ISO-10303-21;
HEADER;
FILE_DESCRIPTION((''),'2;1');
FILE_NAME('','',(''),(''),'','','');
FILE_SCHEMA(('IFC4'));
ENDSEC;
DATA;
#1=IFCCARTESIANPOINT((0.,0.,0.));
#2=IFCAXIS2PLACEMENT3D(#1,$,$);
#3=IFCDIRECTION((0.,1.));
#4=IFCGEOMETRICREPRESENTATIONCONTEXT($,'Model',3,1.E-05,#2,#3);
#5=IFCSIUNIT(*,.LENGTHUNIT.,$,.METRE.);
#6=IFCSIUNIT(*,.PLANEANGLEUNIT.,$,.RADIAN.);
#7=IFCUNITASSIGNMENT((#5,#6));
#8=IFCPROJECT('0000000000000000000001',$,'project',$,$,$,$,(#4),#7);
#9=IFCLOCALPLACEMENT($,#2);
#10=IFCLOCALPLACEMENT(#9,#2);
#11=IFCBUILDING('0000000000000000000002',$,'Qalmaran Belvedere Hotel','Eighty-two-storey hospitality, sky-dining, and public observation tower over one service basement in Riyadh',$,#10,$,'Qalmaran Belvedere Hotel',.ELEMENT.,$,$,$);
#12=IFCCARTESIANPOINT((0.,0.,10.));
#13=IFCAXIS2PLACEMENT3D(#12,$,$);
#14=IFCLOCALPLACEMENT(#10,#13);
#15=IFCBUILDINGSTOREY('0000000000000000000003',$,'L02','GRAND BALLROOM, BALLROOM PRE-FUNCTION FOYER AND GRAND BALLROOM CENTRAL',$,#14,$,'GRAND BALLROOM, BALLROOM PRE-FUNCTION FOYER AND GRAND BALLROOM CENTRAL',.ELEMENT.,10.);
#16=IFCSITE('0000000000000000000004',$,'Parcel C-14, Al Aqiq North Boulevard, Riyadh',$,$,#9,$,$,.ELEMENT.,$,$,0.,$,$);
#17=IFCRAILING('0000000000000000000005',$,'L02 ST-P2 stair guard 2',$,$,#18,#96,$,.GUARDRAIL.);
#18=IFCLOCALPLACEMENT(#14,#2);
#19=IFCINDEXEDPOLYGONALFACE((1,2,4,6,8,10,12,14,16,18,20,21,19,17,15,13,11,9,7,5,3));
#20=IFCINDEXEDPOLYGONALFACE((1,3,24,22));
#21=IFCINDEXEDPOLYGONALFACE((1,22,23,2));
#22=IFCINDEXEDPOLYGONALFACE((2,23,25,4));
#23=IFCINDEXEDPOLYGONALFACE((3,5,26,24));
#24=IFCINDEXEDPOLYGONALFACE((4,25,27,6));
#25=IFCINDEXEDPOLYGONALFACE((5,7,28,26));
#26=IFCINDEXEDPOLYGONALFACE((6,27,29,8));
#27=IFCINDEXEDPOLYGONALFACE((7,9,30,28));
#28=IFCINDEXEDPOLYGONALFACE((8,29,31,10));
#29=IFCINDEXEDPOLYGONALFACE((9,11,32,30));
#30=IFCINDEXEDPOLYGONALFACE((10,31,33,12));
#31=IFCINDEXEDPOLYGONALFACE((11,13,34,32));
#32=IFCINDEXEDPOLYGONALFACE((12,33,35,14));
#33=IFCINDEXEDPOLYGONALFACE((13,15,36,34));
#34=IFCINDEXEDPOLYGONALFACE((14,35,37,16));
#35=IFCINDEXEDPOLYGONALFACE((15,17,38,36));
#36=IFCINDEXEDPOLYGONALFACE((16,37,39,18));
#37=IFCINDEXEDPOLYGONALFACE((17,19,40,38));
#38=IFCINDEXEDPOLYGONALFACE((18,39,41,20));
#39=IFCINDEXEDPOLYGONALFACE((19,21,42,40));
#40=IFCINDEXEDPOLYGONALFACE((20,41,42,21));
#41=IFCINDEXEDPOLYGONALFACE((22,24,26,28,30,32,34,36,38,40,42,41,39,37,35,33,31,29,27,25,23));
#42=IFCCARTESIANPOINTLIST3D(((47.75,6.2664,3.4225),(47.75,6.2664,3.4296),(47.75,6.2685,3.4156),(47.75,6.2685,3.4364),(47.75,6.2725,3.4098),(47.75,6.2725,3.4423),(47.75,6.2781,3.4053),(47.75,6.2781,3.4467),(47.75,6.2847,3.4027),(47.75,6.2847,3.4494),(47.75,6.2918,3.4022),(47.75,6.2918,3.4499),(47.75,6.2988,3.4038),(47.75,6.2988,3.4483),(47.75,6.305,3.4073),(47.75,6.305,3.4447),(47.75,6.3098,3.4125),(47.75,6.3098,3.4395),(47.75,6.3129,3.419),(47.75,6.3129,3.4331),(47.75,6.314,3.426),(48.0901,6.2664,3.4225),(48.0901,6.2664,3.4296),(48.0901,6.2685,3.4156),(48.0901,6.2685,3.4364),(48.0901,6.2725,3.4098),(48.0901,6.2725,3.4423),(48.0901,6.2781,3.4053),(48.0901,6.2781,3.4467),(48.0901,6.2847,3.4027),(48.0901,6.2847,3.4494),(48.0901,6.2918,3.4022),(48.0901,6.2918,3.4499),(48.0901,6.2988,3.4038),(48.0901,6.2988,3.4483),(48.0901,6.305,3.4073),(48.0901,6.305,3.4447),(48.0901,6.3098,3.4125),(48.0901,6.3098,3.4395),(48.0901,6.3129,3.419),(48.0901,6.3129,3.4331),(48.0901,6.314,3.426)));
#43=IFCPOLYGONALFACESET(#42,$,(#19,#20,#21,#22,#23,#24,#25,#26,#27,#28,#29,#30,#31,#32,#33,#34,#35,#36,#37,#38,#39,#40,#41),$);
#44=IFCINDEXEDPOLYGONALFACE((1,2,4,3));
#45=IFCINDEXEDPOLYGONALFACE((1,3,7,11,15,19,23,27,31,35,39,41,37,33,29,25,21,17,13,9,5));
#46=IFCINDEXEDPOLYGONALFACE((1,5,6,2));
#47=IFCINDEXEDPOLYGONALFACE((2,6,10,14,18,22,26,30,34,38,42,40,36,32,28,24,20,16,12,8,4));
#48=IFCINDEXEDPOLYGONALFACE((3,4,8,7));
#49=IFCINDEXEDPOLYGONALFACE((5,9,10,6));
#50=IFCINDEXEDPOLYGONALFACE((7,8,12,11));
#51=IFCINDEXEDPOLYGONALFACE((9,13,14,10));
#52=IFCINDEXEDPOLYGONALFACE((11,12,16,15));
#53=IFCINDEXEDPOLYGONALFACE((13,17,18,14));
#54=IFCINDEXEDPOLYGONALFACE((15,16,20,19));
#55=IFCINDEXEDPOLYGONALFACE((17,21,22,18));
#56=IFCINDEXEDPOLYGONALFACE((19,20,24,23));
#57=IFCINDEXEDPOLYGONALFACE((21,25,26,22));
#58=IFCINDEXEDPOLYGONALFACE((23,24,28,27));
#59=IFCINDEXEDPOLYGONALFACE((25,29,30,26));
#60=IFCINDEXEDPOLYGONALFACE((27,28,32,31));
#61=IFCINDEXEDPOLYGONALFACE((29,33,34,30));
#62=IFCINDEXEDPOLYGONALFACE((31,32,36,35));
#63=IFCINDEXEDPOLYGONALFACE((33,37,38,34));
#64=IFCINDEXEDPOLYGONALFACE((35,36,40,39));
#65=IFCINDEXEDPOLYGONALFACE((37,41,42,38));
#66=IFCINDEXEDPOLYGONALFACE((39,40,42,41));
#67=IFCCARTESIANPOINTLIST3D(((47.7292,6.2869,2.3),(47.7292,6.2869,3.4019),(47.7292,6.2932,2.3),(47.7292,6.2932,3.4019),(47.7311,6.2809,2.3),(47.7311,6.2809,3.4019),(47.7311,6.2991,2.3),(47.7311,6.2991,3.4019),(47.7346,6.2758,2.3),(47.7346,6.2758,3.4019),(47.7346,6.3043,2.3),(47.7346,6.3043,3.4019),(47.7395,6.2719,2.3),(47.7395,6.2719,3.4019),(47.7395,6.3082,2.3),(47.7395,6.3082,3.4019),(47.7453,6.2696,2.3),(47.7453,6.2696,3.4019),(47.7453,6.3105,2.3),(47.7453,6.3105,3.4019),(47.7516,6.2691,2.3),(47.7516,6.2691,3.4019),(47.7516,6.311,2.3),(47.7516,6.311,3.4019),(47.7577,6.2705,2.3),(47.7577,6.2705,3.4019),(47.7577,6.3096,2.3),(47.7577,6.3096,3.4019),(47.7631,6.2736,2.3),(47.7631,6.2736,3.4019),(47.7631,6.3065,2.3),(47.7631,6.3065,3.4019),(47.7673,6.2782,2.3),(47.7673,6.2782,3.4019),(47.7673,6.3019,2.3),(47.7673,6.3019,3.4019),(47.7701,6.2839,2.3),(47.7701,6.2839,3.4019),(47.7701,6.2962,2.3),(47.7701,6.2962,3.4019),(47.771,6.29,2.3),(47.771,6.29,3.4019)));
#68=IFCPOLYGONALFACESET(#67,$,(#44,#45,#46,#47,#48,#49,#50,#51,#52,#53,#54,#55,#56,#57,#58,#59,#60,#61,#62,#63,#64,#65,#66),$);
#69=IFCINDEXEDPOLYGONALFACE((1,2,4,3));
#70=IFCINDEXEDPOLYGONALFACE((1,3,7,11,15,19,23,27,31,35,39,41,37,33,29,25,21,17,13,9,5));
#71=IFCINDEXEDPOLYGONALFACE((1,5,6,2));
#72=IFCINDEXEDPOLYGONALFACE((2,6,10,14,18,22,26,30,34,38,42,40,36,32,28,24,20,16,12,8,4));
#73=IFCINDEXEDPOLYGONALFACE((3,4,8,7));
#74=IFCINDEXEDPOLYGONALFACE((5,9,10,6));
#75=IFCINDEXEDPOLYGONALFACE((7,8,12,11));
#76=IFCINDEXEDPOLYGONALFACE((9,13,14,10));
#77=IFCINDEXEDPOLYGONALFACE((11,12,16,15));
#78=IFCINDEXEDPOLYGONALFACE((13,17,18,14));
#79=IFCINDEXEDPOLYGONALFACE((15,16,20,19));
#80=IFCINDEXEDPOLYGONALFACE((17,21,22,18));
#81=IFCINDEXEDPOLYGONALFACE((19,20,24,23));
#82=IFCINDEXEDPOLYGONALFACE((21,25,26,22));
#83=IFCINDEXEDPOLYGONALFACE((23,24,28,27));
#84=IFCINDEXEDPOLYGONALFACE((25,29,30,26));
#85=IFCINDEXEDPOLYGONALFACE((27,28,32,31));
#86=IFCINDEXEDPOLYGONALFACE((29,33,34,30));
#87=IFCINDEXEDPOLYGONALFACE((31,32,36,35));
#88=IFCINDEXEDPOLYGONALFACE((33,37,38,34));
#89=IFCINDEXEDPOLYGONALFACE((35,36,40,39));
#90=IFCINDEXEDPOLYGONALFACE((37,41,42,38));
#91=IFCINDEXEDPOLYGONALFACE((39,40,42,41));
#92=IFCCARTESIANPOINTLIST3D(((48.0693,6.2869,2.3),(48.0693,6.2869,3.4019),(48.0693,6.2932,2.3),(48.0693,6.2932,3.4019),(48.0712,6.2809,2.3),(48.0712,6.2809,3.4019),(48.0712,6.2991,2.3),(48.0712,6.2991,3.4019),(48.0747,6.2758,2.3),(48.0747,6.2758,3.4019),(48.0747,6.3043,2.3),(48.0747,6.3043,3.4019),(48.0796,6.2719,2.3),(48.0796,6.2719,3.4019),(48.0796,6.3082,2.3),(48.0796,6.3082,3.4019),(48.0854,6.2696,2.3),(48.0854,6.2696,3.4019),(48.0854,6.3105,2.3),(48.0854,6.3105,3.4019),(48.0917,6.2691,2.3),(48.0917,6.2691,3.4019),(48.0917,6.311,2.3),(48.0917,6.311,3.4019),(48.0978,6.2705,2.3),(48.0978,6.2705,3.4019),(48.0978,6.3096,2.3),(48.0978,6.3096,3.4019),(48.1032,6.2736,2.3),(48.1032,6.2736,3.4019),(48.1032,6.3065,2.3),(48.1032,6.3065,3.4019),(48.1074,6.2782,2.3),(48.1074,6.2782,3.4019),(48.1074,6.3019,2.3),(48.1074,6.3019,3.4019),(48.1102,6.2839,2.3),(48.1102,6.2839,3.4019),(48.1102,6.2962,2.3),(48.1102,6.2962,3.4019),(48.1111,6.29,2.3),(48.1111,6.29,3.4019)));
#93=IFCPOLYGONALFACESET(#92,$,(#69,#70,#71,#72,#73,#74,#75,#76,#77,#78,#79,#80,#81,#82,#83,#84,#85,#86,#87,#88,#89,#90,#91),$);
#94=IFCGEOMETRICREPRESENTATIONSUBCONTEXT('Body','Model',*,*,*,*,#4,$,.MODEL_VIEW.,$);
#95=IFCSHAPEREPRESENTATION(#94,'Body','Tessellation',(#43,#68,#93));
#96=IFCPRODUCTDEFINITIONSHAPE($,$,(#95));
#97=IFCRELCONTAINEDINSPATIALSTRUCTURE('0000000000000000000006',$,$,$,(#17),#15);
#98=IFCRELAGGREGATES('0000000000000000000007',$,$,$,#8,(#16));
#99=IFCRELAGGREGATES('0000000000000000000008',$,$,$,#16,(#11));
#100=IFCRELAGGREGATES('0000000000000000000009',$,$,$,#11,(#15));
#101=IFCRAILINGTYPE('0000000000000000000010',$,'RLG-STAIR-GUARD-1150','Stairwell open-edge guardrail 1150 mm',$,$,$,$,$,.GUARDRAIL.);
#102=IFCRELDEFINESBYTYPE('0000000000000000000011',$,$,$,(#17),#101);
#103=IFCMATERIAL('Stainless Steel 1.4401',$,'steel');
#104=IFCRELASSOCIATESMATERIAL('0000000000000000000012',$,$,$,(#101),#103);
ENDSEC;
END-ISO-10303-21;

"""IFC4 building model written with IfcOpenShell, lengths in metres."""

from ifc_helpers import new_model, si_unit, direction, frame, origin, origin_2d, place, context, subcontext, project, spatial, circle, extrude, material, type_object, element, save


model = new_model("IFC4")

# Units and contexts
model_context = context("Model", 3, precision=1e-05, world=origin(), true_north=direction((0.0, 1.0)))
body_context = subcontext(model_context, "Body", "Model", "MODEL_VIEW")
ifc_project = project(units=[si_unit("LENGTHUNIT", "METRE"), si_unit("PLANEANGLEUNIT", "RADIAN")], contexts=[model_context])

# Site, building, storey
site_placement = place(None, origin())
site = spatial("IfcSite", under=ifc_project, at=site_placement, Name="Parcel C-14, Al Aqiq North Boulevard, Riyadh", CompositionType="ELEMENT", RefElevation=0.0)
building_placement = place(site_placement, origin())
building = spatial("IfcBuilding", under=site, at=building_placement, Name="Qalmaran Belvedere Hotel", Description="Eighty-two-storey hospitality, sky-dining, and public observation tower over one service basement in Riyadh", LongName="Qalmaran Belvedere Hotel", CompositionType="ELEMENT")
storey_placement = place(building_placement, frame((0.0, 0.0, 10.0)))
storey = spatial("IfcBuildingStorey", under=building, at=storey_placement, Name="L02", Description="GRAND BALLROOM, BALLROOM PRE-FUNCTION FOYER AND GRAND BALLROOM CENTRAL", LongName="GRAND BALLROOM, BALLROOM PRE-FUNCTION FOYER AND GRAND BALLROOM CENTRAL", CompositionType="ELEMENT", Elevation=10.0)

# Railing
ifc_material_1 = material(Name="Stainless Steel 1.4401", Category="steel")
railing_type_1 = type_object("IfcRailingType", Name="RLG-STAIR-GUARD-1150", Description="Stairwell open-edge guardrail 1150 mm", PredefinedType="GUARDRAIL", material=ifc_material_1)
railing_1_placement = place(storey_placement, frame((47.75, 6.29, 2.3)))
element("IfcRailing", 1, at=railing_1_placement, inside=storey, type_object=railing_type_1, Name="L02 ST-P2 stair guard 2", PredefinedType="GUARDRAIL", context=body_context, shape_type="SweptSolid", body=[
    extrude(circle(Radius=0.0239, at=origin_2d()), frame((0.0, 0.0, 1.126), z_axis=(1.0, 0.0, 0.0), x_axis=(0.0, 1.0, 0.0)), (0.0, 0.0, 1.0), 0.3401),
    extrude(circle(Radius=0.021, at=origin_2d()), origin(), (0.0, 0.0, 1.0), 1.1018),
    extrude(circle(Radius=0.021, at=origin_2d()), frame((0.3401, 0.0, 0.0)), (0.0, 0.0, 1.0), 1.1018),
])

save(model, "model.ifc")
